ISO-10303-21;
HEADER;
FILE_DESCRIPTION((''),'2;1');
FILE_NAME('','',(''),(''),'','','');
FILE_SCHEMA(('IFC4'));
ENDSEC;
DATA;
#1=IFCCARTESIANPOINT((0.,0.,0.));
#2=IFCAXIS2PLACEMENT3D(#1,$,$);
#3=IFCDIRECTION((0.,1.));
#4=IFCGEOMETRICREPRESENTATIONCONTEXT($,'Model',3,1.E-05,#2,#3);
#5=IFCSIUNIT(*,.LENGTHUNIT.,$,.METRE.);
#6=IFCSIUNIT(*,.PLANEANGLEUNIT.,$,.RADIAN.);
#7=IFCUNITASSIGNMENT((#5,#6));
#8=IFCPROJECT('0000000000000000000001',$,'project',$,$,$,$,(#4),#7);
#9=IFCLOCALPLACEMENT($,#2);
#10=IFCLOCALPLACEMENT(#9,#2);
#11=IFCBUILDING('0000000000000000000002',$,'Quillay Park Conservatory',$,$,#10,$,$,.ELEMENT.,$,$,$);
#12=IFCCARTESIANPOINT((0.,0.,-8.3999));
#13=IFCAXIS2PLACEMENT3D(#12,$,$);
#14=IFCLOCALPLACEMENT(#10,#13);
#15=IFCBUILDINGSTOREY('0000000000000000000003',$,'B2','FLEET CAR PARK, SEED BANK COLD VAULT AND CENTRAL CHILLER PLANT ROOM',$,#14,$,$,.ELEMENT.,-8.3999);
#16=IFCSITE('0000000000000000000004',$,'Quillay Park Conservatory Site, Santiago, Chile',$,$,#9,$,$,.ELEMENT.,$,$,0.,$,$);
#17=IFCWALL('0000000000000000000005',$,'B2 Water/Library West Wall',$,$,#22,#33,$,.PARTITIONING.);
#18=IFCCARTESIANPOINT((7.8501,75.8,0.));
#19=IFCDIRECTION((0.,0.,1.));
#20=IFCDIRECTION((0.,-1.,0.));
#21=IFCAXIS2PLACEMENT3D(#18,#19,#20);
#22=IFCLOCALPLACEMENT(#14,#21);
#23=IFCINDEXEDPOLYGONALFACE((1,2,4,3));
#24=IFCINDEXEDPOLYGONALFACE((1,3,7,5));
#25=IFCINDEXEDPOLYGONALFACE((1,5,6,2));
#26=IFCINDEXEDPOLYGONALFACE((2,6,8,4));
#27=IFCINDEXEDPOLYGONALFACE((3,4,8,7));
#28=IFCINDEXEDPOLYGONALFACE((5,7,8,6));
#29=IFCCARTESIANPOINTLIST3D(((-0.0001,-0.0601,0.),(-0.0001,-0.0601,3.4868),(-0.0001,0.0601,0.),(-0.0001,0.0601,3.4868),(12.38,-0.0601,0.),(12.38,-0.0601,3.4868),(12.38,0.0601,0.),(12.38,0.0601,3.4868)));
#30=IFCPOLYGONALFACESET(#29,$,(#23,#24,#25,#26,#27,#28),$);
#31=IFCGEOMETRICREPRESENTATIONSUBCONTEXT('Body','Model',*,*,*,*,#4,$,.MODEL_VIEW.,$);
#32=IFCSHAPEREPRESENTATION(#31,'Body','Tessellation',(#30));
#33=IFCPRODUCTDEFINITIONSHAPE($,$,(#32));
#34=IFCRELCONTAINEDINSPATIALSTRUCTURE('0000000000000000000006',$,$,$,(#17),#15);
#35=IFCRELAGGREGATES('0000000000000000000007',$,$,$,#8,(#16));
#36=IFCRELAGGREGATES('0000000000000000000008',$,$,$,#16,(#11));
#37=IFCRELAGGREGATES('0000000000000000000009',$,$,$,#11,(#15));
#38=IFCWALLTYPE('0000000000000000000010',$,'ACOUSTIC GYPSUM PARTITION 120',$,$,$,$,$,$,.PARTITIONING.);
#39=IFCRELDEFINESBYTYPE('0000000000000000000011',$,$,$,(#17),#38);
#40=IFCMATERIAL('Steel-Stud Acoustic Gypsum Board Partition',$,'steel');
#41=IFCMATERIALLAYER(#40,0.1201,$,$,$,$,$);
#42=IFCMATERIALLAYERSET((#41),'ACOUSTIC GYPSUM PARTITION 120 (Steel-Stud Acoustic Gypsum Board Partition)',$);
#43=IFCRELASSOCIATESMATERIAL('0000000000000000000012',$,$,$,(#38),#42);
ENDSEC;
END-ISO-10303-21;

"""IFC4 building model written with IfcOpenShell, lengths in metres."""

from ifc_helpers import new_model, si_unit, direction, frame, frame_2d, origin, place, context, subcontext, project, spatial, rectangle, extrude, material, layer, layer_set, type_object, element, save


model = new_model("IFC4")

# Units and contexts
model_context = context("Model", 3, precision=1e-05, world=origin(), true_north=direction((0.0, 1.0)))
body_context = subcontext(model_context, "Body", "Model", "MODEL_VIEW")
ifc_project = project(units=[si_unit("LENGTHUNIT", "METRE"), si_unit("PLANEANGLEUNIT", "RADIAN")], contexts=[model_context])

# Site, building, storey
site_placement = place(None, origin())
site = spatial("IfcSite", under=ifc_project, at=site_placement, Name="Quillay Park Conservatory Site, Santiago, Chile", CompositionType="ELEMENT", RefElevation=0.0)
building_placement = place(site_placement, origin())
building = spatial("IfcBuilding", under=site, at=building_placement, Name="Quillay Park Conservatory", CompositionType="ELEMENT")
storey_placement = place(building_placement, frame((0.0, 0.0, -8.3999)))
storey = spatial("IfcBuildingStorey", under=building, at=storey_placement, Name="B2", Description="FLEET CAR PARK, SEED BANK COLD VAULT AND CENTRAL CHILLER PLANT ROOM", CompositionType="ELEMENT", Elevation=-8.3999)

# Wall
ifc_material_1 = material(Name="Steel-Stud Acoustic Gypsum Board Partition", Category="steel")
ifc_layer_1 = layer(ifc_material_1, 0.1201)
ifc_layer_set_1 = layer_set([ifc_layer_1], Name="ACOUSTIC GYPSUM PARTITION 120 (Steel-Stud Acoustic Gypsum Board Partition)")
wall_type_1 = type_object("IfcWallType", Name="ACOUSTIC GYPSUM PARTITION 120", PredefinedType="PARTITIONING", material=ifc_layer_set_1)
wall_1_placement = place(storey_placement, frame((7.8501, 75.8, 0.0), z_axis=(0.0, 0.0, 1.0), x_axis=(0.0, -1.0, 0.0)))
element("IfcWall", 1, at=wall_1_placement, inside=storey, type_object=wall_type_1, Name="B2 Water/Library West Wall", PredefinedType="PARTITIONING", context=body_context, shape_type="SweptSolid", body=[
    extrude(rectangle(XDim=12.3801, YDim=0.1201, at=frame_2d((6.1899, 0.0))), origin(), (0.0, 0.0, 1.0), 3.4868),
])

save(model, "model.ifc")
